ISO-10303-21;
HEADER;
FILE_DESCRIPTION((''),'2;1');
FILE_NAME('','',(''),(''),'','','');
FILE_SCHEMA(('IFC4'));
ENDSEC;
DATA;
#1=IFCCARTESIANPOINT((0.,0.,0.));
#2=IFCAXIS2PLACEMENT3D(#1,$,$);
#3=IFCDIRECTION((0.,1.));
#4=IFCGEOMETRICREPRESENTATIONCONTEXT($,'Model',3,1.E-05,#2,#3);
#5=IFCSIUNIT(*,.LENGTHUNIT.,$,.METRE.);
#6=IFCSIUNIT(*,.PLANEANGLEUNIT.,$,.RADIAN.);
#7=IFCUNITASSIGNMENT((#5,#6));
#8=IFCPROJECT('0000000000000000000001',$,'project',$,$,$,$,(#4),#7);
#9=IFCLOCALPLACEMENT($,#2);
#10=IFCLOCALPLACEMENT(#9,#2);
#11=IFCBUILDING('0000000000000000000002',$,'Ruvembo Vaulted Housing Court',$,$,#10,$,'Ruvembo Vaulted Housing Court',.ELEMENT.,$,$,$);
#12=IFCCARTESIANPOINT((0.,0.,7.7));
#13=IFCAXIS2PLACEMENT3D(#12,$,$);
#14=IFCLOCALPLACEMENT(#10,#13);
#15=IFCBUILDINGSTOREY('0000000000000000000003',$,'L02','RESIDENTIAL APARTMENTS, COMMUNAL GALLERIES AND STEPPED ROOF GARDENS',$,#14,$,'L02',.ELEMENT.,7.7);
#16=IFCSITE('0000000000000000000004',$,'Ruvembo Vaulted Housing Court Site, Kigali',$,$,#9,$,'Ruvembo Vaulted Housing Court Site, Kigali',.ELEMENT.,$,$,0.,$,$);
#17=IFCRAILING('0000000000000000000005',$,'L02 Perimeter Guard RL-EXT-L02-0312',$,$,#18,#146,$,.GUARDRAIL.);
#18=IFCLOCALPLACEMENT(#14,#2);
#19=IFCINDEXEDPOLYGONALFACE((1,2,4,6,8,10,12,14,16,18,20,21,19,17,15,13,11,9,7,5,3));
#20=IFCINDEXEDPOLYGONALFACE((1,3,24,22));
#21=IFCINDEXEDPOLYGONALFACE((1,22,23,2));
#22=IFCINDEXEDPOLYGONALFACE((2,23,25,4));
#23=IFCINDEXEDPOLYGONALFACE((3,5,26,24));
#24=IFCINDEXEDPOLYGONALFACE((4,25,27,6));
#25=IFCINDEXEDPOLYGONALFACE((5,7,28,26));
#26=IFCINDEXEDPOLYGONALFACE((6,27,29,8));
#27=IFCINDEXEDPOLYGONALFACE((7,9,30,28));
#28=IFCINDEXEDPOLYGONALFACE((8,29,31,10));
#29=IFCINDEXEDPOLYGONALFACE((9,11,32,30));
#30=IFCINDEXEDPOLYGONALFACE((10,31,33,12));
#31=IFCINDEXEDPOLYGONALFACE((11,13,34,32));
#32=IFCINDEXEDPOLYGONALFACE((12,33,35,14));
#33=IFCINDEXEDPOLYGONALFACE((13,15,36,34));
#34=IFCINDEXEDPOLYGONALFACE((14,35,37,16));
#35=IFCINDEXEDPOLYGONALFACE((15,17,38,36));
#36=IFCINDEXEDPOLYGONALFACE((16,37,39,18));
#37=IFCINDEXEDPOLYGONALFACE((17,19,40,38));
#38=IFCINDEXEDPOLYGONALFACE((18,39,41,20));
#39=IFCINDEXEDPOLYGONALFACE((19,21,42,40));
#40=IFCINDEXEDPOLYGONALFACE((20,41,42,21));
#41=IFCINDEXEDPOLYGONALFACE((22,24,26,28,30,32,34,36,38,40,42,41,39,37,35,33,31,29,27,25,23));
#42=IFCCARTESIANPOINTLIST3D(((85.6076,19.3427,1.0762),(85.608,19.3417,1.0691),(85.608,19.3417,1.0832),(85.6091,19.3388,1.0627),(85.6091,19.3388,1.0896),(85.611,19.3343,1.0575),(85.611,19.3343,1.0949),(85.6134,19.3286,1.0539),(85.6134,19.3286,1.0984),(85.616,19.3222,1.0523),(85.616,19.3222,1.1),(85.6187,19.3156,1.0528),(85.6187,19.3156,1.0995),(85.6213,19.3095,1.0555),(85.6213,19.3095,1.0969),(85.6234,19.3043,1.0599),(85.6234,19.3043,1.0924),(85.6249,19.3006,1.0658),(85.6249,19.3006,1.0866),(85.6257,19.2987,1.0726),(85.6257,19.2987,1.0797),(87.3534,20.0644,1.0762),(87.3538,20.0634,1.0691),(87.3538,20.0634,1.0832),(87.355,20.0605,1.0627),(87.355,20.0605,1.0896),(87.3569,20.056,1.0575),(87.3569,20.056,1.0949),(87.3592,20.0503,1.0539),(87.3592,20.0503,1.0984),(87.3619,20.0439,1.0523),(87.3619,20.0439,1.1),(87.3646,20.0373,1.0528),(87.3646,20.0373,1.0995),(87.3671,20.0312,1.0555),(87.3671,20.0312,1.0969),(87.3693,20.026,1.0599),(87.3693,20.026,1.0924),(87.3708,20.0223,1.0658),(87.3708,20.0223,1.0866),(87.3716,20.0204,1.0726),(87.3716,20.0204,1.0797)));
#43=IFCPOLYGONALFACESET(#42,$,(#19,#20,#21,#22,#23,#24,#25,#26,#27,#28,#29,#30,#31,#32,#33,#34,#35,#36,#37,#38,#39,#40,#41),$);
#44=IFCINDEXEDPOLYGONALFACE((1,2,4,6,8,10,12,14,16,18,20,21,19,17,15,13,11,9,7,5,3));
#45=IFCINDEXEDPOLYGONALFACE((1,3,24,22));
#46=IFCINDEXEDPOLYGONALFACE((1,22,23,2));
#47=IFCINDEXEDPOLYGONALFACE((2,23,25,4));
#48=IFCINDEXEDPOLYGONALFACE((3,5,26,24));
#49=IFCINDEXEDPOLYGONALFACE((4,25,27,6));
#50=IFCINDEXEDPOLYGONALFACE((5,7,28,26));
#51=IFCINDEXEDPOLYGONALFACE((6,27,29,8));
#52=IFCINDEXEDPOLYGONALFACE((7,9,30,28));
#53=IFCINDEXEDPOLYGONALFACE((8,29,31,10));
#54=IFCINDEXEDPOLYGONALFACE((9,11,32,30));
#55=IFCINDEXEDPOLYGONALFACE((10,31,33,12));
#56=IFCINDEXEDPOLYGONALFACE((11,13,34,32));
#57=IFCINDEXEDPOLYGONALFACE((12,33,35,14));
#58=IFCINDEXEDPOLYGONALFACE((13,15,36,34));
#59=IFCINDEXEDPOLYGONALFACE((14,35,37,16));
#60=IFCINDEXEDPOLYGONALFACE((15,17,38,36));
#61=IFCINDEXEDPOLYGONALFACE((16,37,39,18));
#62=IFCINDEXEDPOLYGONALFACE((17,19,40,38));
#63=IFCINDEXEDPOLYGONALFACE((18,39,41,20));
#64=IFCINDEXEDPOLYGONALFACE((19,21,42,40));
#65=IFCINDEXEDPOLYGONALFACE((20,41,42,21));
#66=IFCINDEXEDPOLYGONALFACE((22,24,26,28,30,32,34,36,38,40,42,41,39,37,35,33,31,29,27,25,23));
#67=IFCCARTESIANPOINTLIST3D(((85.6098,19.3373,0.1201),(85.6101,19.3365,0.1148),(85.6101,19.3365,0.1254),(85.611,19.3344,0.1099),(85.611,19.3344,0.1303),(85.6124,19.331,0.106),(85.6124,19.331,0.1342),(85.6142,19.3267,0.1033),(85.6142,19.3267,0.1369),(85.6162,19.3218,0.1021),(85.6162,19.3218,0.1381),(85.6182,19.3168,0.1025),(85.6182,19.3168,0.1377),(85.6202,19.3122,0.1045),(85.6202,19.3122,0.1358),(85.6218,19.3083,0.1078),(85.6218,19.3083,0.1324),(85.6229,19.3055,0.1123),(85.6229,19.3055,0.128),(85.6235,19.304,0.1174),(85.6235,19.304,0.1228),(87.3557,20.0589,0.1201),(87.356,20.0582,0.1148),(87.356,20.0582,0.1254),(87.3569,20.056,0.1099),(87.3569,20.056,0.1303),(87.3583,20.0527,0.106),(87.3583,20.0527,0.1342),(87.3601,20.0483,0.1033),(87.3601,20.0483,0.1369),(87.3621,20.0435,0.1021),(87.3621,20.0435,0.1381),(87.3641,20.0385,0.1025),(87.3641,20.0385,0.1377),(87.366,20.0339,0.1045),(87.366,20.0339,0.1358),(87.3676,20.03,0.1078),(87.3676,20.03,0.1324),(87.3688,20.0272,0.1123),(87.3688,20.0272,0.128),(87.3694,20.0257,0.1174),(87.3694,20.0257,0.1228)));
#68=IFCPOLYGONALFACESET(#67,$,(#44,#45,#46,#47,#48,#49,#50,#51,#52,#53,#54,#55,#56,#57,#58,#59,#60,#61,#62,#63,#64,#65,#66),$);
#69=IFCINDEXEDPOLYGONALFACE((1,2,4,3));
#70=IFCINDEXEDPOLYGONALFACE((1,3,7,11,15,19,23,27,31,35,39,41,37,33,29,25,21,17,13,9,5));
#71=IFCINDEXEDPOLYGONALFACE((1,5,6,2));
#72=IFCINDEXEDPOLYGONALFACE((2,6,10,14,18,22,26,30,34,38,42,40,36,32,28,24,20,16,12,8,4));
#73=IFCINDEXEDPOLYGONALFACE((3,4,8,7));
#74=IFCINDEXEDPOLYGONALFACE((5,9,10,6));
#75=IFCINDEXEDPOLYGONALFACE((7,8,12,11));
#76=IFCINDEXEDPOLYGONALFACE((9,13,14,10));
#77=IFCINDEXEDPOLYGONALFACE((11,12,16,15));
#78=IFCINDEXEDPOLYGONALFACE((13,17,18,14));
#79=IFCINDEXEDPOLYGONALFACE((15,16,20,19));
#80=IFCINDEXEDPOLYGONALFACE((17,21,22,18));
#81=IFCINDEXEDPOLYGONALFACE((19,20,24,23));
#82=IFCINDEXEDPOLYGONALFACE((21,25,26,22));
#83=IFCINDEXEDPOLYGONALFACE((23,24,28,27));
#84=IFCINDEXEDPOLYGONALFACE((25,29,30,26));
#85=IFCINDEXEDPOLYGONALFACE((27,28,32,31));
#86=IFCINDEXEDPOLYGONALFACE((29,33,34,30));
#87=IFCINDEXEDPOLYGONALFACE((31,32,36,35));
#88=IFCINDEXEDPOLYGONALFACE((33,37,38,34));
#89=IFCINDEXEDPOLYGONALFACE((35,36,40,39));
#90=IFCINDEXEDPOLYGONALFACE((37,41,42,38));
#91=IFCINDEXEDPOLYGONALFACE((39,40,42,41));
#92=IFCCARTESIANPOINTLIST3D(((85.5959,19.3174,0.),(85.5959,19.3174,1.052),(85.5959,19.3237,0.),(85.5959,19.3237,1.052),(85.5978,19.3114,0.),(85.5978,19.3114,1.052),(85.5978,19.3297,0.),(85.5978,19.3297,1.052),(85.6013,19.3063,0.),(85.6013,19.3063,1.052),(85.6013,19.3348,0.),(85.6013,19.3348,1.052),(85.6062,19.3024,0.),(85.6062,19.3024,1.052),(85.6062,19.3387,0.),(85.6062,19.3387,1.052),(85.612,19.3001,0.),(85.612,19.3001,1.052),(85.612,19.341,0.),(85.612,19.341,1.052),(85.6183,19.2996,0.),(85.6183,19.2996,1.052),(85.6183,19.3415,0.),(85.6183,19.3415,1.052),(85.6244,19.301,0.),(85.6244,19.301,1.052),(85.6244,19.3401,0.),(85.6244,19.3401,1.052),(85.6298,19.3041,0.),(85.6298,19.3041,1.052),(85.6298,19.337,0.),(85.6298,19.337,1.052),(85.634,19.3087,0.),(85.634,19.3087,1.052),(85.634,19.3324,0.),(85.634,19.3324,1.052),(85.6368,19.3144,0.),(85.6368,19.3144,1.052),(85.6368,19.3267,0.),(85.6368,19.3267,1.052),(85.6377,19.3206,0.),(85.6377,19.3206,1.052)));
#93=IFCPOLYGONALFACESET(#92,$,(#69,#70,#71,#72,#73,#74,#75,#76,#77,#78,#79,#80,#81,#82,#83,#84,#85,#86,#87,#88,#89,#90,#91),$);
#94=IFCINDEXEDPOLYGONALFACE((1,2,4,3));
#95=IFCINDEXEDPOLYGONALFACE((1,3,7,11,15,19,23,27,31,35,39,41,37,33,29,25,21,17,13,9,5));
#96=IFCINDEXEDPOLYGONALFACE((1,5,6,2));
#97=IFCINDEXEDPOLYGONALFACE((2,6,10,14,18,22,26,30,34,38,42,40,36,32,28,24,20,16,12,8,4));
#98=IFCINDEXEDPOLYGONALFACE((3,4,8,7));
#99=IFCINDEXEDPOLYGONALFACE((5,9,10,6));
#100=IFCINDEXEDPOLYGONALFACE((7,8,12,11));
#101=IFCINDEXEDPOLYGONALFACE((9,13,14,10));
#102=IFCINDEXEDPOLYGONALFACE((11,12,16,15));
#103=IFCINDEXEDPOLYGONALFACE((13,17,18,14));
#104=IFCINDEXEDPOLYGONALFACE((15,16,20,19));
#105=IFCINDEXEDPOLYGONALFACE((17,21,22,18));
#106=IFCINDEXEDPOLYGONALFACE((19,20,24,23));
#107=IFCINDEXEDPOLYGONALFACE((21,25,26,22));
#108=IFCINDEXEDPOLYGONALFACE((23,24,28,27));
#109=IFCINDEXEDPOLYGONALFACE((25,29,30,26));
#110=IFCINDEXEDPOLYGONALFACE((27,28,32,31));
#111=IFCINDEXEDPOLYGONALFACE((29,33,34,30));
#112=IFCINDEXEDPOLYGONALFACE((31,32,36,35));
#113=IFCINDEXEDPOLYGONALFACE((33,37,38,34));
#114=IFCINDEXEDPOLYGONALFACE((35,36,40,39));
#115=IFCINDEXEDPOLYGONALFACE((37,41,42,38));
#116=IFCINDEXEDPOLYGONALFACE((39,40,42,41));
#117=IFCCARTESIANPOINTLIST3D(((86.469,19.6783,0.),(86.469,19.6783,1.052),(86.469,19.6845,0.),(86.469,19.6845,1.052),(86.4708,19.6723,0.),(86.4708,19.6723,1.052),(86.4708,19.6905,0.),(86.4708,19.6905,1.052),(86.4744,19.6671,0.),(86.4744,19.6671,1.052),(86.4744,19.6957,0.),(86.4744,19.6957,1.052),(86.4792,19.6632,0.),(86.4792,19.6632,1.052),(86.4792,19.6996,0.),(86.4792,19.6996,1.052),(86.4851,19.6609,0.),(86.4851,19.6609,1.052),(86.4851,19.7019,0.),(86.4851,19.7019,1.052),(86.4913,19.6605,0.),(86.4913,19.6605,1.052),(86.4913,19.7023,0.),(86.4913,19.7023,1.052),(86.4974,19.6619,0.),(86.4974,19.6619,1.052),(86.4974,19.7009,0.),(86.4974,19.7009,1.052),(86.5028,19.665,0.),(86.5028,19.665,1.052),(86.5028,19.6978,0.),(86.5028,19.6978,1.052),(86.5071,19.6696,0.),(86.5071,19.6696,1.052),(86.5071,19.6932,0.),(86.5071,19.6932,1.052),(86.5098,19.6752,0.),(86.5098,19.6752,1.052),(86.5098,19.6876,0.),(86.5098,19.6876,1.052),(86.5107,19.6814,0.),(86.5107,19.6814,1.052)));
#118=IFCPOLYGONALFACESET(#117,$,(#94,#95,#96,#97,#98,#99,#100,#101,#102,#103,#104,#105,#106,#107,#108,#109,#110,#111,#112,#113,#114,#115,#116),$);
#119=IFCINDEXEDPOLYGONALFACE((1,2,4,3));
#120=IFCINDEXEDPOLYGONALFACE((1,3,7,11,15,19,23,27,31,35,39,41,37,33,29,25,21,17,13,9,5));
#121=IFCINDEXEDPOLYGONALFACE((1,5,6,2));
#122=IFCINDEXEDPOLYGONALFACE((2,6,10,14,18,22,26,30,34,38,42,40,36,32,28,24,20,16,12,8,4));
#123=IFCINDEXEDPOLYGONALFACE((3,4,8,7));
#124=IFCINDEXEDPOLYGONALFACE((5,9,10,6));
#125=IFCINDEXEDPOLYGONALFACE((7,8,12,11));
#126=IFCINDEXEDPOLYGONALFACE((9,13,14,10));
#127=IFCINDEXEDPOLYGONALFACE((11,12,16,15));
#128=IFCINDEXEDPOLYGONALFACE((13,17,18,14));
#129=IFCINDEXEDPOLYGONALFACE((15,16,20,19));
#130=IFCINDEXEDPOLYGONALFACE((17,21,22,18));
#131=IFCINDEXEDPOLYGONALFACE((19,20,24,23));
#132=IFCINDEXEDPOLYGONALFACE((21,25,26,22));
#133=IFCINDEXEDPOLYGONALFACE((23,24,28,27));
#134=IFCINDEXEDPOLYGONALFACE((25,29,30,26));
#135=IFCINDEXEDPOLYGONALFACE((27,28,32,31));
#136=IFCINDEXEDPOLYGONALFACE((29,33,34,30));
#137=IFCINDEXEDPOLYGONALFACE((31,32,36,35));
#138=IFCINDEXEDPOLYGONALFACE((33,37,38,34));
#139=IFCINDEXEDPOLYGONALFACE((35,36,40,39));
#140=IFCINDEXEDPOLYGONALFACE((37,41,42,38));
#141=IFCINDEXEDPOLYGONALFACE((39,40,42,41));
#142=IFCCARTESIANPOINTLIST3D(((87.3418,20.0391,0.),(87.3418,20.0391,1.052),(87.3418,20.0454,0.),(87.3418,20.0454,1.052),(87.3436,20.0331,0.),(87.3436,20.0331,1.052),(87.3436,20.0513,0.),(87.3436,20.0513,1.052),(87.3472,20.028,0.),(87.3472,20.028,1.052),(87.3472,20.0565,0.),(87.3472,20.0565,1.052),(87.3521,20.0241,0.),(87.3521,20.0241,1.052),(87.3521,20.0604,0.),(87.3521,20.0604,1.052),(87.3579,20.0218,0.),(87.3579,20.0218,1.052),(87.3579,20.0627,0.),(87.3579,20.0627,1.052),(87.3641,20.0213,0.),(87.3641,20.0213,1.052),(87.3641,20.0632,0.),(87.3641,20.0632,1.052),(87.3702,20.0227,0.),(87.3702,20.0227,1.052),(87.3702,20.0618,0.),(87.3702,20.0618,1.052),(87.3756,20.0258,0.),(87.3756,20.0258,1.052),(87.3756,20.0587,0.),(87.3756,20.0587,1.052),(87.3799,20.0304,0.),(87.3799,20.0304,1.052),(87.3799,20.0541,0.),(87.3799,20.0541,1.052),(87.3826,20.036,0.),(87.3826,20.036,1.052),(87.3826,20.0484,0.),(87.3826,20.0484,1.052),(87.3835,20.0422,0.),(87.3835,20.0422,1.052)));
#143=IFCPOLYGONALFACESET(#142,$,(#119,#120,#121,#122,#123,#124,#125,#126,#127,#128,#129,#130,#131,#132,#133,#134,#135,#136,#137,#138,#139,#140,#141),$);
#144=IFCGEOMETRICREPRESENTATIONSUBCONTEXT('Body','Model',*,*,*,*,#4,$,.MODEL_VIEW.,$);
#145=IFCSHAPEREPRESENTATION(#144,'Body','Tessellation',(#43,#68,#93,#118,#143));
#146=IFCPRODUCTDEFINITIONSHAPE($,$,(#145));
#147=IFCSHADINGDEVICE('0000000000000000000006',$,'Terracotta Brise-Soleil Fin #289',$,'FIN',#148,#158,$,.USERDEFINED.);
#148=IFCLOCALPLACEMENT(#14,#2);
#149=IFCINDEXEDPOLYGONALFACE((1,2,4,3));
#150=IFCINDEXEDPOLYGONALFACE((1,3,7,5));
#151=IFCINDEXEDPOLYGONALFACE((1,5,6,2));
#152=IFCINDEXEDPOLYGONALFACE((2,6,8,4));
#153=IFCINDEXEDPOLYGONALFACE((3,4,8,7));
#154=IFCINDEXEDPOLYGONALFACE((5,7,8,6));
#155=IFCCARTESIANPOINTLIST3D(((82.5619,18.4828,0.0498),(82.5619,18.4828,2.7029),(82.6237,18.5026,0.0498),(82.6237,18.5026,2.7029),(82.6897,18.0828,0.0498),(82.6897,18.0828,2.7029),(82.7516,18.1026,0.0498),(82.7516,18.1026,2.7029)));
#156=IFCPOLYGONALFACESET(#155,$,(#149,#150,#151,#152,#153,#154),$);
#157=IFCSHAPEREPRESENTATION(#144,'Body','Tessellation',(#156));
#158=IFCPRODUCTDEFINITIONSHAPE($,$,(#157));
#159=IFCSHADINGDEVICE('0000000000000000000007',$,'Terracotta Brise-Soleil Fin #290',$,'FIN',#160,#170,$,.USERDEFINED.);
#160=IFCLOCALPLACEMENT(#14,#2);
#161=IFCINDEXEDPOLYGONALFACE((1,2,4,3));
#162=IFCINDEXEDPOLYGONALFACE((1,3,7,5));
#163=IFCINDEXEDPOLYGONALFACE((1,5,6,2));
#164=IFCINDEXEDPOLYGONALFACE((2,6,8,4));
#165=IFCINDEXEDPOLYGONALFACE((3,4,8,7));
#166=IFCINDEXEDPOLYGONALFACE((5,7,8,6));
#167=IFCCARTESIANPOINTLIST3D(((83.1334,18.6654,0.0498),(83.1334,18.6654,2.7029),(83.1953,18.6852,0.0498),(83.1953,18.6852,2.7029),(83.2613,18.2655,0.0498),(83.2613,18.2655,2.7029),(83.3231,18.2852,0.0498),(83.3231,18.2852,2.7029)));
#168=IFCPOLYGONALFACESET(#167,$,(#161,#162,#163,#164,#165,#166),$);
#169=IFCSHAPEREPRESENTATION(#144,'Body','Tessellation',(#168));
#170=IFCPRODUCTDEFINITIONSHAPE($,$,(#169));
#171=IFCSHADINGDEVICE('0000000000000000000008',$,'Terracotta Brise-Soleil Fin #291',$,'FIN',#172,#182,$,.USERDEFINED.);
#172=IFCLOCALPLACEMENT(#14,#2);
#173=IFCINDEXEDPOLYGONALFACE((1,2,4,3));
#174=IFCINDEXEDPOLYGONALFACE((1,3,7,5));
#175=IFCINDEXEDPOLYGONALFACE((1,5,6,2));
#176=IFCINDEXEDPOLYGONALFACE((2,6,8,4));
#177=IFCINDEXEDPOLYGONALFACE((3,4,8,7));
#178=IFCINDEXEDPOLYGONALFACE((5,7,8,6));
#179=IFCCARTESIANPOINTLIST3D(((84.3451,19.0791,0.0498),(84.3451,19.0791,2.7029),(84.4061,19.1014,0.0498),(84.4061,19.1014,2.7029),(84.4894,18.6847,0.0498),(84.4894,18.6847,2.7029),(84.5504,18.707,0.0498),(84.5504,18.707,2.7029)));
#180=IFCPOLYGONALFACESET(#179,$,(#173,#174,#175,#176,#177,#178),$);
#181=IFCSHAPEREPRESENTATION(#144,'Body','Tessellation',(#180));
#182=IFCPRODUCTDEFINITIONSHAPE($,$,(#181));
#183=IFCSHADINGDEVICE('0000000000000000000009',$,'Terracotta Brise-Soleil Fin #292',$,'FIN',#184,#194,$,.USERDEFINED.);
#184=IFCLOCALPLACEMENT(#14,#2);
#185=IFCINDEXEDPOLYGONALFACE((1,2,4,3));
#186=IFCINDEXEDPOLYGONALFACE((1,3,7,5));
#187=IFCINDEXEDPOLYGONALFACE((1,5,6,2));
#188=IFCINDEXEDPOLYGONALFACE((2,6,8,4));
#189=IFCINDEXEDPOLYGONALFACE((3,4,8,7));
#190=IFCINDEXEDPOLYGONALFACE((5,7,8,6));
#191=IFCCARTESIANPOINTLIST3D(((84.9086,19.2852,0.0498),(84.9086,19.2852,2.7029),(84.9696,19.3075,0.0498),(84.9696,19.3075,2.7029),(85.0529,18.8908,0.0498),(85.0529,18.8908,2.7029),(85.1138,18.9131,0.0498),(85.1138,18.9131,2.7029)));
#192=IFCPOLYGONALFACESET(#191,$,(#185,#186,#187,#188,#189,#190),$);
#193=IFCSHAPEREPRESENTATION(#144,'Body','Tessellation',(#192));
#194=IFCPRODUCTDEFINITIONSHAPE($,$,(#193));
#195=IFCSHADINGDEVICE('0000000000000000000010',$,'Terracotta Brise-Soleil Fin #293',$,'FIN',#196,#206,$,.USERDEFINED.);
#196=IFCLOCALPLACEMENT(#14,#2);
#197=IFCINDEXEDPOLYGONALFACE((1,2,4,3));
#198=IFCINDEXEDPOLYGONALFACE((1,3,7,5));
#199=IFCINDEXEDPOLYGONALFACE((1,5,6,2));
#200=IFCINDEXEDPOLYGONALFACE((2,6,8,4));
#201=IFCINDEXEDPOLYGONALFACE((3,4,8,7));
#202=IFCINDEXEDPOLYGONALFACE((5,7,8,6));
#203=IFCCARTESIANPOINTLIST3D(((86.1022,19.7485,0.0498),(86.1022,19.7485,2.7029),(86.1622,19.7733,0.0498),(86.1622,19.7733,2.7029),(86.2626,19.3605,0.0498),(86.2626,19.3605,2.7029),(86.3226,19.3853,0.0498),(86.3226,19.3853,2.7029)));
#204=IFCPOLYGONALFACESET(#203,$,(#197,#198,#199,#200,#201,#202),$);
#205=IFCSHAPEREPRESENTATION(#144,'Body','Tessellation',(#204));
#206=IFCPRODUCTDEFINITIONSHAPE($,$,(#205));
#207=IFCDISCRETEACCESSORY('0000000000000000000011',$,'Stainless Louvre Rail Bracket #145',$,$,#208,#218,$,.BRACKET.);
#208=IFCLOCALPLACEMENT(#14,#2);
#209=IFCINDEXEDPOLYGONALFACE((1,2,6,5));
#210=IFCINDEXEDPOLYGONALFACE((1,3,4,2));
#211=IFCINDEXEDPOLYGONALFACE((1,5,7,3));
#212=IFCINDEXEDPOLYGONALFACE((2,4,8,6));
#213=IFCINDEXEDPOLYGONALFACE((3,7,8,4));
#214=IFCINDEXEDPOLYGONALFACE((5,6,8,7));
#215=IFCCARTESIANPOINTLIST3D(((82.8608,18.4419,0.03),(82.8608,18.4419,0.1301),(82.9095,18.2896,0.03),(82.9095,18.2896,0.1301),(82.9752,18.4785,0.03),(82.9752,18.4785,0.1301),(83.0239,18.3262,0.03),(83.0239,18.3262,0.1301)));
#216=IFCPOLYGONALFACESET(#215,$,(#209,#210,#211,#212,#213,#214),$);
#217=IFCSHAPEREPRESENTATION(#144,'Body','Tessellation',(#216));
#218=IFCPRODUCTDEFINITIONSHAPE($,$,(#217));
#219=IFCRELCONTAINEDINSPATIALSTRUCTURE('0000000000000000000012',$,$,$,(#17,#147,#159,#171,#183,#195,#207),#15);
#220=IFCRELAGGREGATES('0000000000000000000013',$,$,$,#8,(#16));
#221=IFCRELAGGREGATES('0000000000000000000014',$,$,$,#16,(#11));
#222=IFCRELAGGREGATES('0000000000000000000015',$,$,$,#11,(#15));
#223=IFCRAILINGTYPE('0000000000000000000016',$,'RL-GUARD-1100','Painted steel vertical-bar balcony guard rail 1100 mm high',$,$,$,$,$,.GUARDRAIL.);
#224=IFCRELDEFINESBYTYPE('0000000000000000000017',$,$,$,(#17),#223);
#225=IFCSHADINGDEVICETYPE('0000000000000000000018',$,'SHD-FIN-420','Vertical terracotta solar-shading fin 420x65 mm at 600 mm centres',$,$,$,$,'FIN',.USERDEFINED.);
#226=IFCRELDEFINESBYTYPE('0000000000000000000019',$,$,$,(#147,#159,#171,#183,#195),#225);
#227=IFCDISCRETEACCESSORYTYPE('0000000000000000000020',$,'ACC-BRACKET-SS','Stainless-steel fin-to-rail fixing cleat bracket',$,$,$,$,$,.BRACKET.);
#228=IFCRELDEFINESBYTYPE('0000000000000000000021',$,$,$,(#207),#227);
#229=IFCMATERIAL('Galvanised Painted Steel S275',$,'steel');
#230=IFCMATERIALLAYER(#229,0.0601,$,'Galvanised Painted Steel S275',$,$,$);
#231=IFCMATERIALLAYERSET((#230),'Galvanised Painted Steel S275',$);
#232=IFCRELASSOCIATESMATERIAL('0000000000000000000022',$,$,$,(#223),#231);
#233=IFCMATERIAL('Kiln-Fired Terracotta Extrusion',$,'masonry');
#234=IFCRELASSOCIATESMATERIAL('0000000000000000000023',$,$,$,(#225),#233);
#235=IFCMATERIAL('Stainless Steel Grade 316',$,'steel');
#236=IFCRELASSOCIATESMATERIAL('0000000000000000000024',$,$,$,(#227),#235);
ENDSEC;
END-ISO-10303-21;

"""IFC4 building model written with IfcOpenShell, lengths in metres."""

from ifc_helpers import new_model, si_unit, direction, frame, origin, origin_2d, place, context, subcontext, project, spatial, rectangle, circle, extrude, material, layer, layer_set, type_object, element, save


model = new_model("IFC4")

# Units and contexts
model_context = context("Model", 3, precision=1e-05, world=origin(), true_north=direction((0.0, 1.0)))
body_context = subcontext(model_context, "Body", "Model", "MODEL_VIEW")
ifc_project = project(units=[si_unit("LENGTHUNIT", "METRE"), si_unit("PLANEANGLEUNIT", "RADIAN")], contexts=[model_context])

# Site, building, storey
site_placement = place(None, origin())
site = spatial("IfcSite", under=ifc_project, at=site_placement, Name="Ruvembo Vaulted Housing Court Site, Kigali", LongName="Ruvembo Vaulted Housing Court Site, Kigali", CompositionType="ELEMENT", RefElevation=0.0)
building_placement = place(site_placement, origin())
building = spatial("IfcBuilding", under=site, at=building_placement, Name="Ruvembo Vaulted Housing Court", LongName="Ruvembo Vaulted Housing Court", CompositionType="ELEMENT")
storey_placement = place(building_placement, frame((0.0, 0.0, 7.7)))
storey = spatial("IfcBuildingStorey", under=building, at=storey_placement, Name="L02", Description="RESIDENTIAL APARTMENTS, COMMUNAL GALLERIES AND STEPPED ROOF GARDENS", LongName="L02", CompositionType="ELEMENT", Elevation=7.7)

# Railing
ifc_material_1 = material(Name="Galvanised Painted Steel S275", Category="steel")
ifc_layer = layer(ifc_material_1, 0.0601, Name="Galvanised Painted Steel S275")
ifc_layer_set = layer_set([ifc_layer], Name="Galvanised Painted Steel S275")
railing_type = type_object("IfcRailingType", Name="RL-GUARD-1100", Description="Painted steel vertical-bar balcony guard rail 1100 mm high", PredefinedType="GUARDRAIL", material=ifc_layer_set)
railing_1_placement = place(storey_placement, frame((85.6167, 19.3206, 0.0)))
element("IfcRailing", 1, at=railing_1_placement, inside=storey, type_object=railing_type, Name="L02 Perimeter Guard RL-EXT-L02-0312", PredefinedType="GUARDRAIL", context=body_context, shape_type="SweptSolid", body=[
    extrude(circle(Radius=0.0239, at=origin_2d()), frame((0.0, 0.0, 1.0762), z_axis=(0.924155, 0.382017, 0.0), x_axis=(-0.382017, 0.924155, 0.0)), (0.0, 0.0, 1.0), 1.8892),
    extrude(circle(Radius=0.0181, at=origin_2d()), frame((0.0, 0.0, 0.1201), z_axis=(0.924155, 0.382017, 0.0), x_axis=(-0.382017, 0.924155, 0.0)), (0.0, 0.0, 1.0), 1.8892),
    extrude(circle(Radius=0.021, at=origin_2d()), origin(), (0.0, 0.0, 1.0), 1.052),
    extrude(circle(Radius=0.021, at=origin_2d()), frame((0.873, 0.3608, 0.0)), (0.0, 0.0, 1.0), 1.052),
    extrude(circle(Radius=0.021, at=origin_2d()), frame((1.7458, 0.7217, 0.0)), (0.0, 0.0, 1.0), 1.052),
])

# Shading devices
ifc_material_2 = material(Name="Kiln-Fired Terracotta Extrusion", Category="masonry")
shading_device_type = type_object("IfcShadingDeviceType", Name="SHD-FIN-420", Description="Vertical terracotta solar-shading fin 420x65 mm at 600 mm centres", ElementType="FIN", PredefinedType="USERDEFINED", material=ifc_material_2)
for number, where, z_axis, x_axis, name in (
    (2, (82.6567, 18.2927, 0.0498), (0.0, 0.0, 1.0), (0.304449, -0.952529, 0.0), "Terracotta Brise-Soleil Fin #289"),
    (3, (83.2283, 18.4753, 0.0498), (0.0, 0.0, 1.0), (0.304449, -0.952529, 0.0), "Terracotta Brise-Soleil Fin #290"),
    (4, (84.4478, 18.8931, 0.0498), (0.0, 0.0, 1.0), (0.343512, -0.939148, 0.0), "Terracotta Brise-Soleil Fin #291"),
    (5, (85.0112, 19.0991, 0.0498), (0.0, 0.0, 1.0), (0.343512, -0.939148, 0.0), "Terracotta Brise-Soleil Fin #292"),
    (6, (86.2124, 19.5669, 0.0498), (0.0, 0.0, 1.0), (0.381958, -0.92418, 0.0), "Terracotta Brise-Soleil Fin #293"),
):
    element("IfcShadingDevice", number, at=place(storey_placement, frame(where, z_axis=z_axis, x_axis=x_axis)), inside=storey, type_object=shading_device_type, Name=name, ObjectType="FIN", PredefinedType="USERDEFINED", context=body_context, shape_type="SweptSolid", body=[
        extrude(rectangle(XDim=0.4199, YDim=0.0649, at=origin_2d()), origin(), (0.0, 0.0, 1.0), 2.6531),
    ])

# Discrete accessory
ifc_material_3 = material(Name="Stainless Steel Grade 316", Category="steel")
discrete_accessory_type = type_object("IfcDiscreteAccessoryType", Name="ACC-BRACKET-SS", Description="Stainless-steel fin-to-rail fixing cleat bracket", PredefinedType="BRACKET", material=ifc_material_3)
for number, where, z_axis, x_axis, name in (
    (7, (82.9424, 18.384, 0.03), (0.0, 0.0, 1.0), (0.304449, -0.952529, 0.0), "Stainless Louvre Rail Bracket #145"),
):
    element("IfcDiscreteAccessory", number, at=place(storey_placement, frame(where, z_axis=z_axis, x_axis=x_axis)), inside=storey, type_object=discrete_accessory_type, Name=name, PredefinedType="BRACKET", context=body_context, shape_type="SweptSolid", body=[
        extrude(rectangle(XDim=0.1599, YDim=0.1201, at=origin_2d()), origin(), (0.0, 0.0, 1.0), 0.1001),
    ])

save(model, "model.ifc")
